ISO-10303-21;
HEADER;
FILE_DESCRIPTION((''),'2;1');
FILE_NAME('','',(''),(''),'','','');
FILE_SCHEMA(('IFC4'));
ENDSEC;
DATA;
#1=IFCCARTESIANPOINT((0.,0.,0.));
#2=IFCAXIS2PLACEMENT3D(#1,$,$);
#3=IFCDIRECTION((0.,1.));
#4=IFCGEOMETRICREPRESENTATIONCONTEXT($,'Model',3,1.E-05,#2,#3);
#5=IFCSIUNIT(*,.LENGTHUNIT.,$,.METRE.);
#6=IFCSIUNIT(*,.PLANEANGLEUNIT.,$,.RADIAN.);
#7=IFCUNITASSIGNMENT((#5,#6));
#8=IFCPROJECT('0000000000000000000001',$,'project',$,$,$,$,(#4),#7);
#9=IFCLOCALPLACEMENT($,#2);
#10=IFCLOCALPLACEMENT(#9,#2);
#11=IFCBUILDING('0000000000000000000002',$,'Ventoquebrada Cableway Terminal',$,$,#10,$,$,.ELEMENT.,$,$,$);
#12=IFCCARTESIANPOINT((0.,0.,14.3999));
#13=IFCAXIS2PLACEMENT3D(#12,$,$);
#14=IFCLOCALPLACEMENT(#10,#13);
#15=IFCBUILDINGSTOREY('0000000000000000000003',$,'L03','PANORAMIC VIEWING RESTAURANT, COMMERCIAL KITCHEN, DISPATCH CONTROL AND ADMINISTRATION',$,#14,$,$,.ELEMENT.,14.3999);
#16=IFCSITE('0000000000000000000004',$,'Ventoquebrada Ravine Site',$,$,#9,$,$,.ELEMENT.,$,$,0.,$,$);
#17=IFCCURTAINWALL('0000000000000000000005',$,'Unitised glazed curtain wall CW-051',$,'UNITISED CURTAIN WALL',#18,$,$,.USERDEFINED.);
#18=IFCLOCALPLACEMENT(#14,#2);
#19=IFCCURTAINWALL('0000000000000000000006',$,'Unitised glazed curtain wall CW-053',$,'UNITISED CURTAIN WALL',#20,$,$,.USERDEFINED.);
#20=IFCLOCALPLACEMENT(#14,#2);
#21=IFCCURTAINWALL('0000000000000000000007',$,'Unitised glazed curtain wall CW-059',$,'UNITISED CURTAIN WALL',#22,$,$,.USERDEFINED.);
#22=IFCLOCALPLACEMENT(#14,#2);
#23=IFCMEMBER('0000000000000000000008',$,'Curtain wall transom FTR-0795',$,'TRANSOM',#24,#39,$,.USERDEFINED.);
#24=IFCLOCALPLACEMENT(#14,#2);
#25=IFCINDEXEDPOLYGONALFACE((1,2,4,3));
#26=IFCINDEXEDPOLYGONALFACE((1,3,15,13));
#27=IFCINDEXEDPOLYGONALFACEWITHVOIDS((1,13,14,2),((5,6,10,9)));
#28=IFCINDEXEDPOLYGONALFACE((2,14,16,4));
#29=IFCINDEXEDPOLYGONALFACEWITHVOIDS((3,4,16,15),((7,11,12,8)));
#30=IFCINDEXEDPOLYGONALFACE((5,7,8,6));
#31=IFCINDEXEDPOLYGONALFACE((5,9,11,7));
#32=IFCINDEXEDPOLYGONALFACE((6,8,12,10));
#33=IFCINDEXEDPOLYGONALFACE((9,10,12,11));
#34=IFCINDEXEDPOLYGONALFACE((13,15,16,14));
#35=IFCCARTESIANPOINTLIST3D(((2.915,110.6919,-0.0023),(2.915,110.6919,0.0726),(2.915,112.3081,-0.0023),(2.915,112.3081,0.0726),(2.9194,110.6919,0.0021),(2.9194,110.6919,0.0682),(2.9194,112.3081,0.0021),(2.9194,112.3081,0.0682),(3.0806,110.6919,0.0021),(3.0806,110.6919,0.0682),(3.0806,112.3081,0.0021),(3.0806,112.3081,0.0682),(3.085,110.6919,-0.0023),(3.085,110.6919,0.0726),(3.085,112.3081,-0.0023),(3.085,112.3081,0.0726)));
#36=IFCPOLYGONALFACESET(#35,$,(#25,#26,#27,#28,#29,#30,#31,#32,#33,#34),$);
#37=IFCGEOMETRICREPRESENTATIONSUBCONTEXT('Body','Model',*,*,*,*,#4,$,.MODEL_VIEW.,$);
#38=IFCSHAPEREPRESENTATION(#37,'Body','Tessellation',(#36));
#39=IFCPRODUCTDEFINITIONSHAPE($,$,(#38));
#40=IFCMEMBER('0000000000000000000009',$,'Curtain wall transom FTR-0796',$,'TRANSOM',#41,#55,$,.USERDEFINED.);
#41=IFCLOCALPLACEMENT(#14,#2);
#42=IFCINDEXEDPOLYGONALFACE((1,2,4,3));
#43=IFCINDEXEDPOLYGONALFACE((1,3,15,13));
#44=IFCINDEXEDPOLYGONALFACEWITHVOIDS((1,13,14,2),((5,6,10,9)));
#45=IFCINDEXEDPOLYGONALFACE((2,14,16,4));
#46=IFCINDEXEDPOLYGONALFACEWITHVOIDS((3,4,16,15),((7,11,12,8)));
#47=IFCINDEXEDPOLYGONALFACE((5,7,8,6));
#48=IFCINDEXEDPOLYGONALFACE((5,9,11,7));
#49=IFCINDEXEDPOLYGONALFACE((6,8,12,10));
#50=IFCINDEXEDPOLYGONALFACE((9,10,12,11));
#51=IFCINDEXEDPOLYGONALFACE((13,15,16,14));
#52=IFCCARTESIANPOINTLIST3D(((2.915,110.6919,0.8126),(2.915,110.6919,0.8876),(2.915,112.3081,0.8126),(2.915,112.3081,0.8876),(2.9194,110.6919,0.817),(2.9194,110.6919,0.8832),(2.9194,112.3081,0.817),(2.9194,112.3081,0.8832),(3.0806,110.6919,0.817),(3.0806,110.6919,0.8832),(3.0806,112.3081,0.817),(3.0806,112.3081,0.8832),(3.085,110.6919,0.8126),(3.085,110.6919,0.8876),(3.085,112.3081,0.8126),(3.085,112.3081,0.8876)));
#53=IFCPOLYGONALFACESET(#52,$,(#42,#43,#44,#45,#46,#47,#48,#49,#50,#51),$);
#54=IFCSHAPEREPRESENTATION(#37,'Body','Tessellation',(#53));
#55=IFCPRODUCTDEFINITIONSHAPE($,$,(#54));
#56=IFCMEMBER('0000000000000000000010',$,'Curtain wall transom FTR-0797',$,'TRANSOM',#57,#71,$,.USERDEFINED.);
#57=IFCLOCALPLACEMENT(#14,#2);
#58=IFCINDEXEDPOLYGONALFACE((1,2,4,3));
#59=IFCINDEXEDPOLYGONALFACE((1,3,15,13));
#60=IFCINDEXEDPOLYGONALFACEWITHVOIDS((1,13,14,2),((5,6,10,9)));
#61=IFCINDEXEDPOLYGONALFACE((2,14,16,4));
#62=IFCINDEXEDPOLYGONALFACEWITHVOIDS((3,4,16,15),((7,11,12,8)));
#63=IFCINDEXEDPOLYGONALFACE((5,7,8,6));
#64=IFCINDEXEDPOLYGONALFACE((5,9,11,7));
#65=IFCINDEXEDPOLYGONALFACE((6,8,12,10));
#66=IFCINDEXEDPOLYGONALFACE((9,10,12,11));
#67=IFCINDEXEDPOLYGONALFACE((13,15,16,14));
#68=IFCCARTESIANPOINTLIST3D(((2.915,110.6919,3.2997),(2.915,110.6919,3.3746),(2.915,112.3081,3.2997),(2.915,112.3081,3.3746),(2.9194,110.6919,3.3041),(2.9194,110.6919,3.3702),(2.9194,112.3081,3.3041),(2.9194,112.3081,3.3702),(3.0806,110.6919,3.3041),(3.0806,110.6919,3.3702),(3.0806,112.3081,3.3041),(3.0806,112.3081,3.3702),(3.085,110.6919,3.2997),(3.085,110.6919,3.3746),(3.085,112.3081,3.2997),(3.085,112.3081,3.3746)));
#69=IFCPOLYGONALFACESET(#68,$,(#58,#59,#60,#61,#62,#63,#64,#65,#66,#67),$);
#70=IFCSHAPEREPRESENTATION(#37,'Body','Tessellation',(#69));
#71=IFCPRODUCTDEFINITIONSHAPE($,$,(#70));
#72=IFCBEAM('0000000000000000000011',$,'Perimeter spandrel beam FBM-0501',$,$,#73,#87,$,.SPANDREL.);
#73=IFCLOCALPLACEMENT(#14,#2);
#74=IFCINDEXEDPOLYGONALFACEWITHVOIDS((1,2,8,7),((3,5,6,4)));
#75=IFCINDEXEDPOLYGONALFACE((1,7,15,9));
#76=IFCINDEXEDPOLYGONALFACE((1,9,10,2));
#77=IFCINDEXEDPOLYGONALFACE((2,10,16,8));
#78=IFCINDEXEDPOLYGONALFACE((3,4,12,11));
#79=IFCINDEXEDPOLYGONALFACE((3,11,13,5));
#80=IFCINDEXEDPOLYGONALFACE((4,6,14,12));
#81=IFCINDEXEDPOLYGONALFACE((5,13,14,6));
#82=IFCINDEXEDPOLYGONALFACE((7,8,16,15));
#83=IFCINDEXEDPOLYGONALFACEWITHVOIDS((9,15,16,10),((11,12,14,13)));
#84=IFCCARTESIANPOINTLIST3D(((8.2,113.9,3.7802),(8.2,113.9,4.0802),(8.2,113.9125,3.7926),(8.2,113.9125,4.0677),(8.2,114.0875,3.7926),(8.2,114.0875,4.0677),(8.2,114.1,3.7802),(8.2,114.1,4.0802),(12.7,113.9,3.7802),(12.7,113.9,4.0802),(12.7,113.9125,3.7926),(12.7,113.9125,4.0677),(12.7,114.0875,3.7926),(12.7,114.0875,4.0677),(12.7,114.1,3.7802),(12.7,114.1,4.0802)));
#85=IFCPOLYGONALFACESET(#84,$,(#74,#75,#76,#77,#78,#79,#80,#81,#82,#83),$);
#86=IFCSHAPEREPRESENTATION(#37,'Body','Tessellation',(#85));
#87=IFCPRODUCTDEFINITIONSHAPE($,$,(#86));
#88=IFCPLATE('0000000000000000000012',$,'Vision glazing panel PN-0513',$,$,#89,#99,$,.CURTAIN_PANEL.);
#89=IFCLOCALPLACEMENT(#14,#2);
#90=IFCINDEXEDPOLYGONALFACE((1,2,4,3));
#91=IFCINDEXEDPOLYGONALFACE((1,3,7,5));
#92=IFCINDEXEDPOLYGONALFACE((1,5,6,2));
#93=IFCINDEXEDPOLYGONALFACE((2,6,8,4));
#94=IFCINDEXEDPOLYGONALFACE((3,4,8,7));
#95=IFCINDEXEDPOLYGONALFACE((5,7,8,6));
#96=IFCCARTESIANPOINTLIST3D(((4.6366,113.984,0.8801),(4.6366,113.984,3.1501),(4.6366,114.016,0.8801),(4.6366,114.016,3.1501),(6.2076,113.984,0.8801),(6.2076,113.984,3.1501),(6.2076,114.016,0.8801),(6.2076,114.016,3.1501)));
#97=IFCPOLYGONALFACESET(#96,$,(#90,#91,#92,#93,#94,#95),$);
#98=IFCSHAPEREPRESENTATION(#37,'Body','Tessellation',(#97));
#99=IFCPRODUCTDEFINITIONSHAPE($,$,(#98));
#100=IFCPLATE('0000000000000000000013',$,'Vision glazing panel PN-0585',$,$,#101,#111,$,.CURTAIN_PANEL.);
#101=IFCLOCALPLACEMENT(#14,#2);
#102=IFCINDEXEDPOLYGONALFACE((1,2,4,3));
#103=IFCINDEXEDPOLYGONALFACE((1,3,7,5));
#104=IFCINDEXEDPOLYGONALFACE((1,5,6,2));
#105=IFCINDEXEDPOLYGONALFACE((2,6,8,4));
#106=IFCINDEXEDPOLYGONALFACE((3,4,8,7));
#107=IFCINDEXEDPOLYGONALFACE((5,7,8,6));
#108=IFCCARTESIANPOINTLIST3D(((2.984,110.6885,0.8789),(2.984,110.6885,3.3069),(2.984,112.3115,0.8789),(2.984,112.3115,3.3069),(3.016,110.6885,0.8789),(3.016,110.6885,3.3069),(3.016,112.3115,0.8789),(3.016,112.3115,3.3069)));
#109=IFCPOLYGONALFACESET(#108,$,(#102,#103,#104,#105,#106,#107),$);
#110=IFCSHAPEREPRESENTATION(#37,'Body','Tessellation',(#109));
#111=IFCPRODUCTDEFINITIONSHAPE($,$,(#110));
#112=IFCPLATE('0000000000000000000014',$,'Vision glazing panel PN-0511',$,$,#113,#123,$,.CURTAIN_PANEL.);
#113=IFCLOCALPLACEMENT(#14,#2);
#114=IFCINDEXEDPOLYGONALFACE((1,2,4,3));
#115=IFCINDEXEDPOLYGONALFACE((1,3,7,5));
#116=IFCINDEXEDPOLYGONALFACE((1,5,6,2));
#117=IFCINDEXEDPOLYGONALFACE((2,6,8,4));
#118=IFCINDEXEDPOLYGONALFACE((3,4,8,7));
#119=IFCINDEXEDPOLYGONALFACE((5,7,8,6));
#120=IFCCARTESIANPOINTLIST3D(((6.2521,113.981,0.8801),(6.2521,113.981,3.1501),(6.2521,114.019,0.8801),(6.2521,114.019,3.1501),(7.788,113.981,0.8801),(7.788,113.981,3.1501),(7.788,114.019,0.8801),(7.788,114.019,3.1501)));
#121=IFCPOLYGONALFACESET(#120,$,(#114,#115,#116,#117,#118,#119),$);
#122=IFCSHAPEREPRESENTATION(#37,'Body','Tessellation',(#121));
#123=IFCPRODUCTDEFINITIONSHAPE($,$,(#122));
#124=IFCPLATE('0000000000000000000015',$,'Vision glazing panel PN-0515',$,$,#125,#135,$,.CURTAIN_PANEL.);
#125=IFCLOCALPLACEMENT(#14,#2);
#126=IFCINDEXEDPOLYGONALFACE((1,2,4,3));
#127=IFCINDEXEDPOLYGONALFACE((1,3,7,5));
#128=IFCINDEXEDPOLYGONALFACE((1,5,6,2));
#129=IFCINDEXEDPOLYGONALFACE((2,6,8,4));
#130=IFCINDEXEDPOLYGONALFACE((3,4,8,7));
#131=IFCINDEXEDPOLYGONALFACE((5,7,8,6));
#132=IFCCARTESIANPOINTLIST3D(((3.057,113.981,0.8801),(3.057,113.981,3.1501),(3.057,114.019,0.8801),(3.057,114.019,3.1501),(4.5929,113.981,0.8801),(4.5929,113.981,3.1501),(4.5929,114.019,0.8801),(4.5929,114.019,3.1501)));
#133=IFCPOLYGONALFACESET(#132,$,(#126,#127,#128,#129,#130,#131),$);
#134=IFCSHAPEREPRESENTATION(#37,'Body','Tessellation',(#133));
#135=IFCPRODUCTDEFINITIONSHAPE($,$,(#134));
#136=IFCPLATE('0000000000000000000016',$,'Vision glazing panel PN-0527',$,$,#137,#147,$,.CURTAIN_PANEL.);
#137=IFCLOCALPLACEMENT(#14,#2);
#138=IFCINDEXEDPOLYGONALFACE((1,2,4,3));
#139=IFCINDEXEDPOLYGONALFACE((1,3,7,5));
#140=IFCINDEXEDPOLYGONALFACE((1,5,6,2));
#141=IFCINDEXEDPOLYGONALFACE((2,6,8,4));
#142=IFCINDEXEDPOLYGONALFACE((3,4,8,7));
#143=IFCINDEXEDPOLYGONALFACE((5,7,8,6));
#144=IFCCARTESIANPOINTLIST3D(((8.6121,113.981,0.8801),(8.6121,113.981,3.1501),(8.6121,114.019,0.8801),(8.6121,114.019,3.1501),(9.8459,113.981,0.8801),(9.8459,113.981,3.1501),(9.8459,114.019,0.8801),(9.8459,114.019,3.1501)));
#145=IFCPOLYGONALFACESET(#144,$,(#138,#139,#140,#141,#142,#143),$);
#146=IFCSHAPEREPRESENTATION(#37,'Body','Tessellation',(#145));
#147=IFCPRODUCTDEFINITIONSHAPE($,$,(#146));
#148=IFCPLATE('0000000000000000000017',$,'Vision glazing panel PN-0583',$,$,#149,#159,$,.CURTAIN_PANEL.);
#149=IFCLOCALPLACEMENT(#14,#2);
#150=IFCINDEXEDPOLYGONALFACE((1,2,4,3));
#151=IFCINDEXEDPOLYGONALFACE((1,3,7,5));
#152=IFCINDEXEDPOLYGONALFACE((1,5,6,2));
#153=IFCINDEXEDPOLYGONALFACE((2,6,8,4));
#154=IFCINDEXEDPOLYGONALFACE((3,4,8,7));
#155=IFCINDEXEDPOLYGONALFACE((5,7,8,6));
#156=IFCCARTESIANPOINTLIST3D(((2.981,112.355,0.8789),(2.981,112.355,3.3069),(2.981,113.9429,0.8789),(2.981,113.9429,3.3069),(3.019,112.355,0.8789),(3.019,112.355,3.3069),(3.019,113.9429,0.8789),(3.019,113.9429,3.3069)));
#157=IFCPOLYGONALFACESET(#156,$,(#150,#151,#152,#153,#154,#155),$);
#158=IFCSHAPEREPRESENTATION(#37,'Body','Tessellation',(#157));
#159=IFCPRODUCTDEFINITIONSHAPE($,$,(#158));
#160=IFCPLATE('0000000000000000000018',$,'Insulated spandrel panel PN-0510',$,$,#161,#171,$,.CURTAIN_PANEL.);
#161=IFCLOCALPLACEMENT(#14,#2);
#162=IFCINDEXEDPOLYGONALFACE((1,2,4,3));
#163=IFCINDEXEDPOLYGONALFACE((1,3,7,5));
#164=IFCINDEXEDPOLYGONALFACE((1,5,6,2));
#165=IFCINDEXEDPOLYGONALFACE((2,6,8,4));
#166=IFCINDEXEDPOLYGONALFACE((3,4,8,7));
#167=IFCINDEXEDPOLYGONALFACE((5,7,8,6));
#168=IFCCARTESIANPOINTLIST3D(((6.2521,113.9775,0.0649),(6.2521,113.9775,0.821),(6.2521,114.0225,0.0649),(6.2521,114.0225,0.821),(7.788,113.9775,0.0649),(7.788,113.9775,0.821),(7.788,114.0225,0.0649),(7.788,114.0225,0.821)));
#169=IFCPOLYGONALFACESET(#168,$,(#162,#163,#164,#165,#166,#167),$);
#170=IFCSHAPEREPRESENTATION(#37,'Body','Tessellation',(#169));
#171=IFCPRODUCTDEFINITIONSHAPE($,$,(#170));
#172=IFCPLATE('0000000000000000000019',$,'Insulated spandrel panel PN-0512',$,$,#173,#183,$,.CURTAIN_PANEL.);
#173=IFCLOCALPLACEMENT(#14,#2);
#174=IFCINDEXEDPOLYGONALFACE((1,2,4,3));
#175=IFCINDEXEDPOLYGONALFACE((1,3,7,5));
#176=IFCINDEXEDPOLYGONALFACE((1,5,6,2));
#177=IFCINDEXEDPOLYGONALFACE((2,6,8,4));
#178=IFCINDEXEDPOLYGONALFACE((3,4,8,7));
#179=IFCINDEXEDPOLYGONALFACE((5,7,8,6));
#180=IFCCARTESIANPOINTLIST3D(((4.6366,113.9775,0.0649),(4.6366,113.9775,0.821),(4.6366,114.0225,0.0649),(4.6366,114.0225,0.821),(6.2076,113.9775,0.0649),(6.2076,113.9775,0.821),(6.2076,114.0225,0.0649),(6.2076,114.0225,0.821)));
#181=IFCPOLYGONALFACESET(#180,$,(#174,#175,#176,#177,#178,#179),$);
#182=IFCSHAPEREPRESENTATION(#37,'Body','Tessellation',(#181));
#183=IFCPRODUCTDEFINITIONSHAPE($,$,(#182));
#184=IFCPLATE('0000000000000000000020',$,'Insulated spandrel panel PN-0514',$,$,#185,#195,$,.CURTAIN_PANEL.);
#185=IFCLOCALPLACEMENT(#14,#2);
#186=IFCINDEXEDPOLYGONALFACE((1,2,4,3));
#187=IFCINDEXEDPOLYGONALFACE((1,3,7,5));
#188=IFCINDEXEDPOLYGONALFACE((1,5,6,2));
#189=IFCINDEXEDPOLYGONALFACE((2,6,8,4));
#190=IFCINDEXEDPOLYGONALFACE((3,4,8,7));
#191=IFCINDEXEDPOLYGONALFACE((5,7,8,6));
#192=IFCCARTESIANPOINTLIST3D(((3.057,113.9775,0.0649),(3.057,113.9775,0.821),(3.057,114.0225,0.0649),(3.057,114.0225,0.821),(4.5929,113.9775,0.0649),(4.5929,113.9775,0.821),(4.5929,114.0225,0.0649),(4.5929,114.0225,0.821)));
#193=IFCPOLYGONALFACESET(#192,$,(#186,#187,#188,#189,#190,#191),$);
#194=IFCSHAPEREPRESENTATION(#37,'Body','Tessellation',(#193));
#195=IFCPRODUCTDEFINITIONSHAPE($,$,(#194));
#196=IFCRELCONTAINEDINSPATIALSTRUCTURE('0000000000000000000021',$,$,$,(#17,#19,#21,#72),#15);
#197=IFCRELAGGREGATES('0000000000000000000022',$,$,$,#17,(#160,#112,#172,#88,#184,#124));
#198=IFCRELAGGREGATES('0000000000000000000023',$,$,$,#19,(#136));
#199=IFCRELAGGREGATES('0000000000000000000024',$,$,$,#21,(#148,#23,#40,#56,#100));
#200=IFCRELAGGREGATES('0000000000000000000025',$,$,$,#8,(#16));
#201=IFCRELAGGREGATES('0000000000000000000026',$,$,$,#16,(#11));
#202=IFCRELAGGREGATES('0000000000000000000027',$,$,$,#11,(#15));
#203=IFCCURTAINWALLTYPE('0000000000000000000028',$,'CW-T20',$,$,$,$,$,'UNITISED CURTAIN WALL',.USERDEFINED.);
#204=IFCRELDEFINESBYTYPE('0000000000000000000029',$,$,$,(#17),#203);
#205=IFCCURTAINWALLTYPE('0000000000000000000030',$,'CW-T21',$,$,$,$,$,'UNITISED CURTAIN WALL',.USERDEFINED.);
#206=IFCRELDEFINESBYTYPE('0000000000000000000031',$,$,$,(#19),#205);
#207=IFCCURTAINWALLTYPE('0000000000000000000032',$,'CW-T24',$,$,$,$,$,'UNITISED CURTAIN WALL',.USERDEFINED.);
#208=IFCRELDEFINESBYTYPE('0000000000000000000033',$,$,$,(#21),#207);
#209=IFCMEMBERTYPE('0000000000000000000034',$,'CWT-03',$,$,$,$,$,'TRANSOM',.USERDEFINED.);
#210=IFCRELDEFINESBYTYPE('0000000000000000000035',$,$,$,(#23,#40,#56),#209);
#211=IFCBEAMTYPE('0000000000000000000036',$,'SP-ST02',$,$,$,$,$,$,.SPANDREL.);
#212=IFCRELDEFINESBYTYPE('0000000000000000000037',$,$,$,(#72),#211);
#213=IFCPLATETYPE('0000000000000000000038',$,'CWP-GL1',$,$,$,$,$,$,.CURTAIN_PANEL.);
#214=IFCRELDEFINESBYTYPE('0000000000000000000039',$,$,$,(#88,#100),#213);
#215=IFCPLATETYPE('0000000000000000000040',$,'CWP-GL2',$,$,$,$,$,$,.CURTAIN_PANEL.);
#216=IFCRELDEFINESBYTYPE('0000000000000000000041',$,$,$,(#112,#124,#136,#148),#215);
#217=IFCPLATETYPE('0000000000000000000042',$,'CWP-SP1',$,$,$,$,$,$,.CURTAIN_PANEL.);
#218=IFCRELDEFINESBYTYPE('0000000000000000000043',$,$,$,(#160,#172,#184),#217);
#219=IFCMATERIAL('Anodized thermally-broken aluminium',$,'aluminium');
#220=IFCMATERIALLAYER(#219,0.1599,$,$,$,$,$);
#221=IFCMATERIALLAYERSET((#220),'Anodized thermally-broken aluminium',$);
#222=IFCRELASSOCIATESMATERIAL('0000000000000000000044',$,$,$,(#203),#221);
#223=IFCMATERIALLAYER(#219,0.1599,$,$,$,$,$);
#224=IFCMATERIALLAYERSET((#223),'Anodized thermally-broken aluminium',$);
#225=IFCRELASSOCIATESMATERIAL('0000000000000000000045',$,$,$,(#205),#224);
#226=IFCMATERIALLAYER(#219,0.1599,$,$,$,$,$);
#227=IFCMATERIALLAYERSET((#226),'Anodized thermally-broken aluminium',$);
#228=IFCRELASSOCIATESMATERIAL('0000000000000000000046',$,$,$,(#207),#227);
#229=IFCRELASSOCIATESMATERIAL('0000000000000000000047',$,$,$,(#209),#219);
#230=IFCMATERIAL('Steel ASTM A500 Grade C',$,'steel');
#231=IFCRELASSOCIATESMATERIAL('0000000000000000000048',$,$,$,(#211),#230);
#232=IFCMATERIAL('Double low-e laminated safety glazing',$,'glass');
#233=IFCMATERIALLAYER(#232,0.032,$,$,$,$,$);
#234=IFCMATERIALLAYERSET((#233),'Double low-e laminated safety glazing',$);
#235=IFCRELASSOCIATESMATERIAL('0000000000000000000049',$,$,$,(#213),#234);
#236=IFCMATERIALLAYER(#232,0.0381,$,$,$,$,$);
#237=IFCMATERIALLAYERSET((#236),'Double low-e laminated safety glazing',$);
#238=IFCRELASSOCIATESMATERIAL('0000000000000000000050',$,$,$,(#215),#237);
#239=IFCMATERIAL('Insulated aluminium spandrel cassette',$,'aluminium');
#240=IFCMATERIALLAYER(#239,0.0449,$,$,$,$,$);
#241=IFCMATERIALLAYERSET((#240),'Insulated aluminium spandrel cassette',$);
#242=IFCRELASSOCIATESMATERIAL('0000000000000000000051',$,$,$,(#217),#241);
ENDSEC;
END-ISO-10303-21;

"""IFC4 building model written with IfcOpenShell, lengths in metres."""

from ifc_helpers import new_model, si_unit, direction, frame, origin, origin_2d, place, context, subcontext, project, spatial, rectangle, hollow_rectangle, extrude, material, layer, layer_set, material_profile, profile_set, type_object, element, aggregate, save


model = new_model("IFC4")

# Units and contexts
model_context = context("Model", 3, precision=1e-05, world=origin(), true_north=direction((0.0, 1.0)))
body_context = subcontext(model_context, "Body", "Model", "MODEL_VIEW")
ifc_project = project(units=[si_unit("LENGTHUNIT", "METRE"), si_unit("PLANEANGLEUNIT", "RADIAN")], contexts=[model_context])

# Site, building, storey
site_placement = place(None, origin())
site = spatial("IfcSite", under=ifc_project, at=site_placement, Name="Ventoquebrada Ravine Site", CompositionType="ELEMENT", RefElevation=0.0)
building_placement = place(site_placement, origin())
building = spatial("IfcBuilding", under=site, at=building_placement, Name="Ventoquebrada Cableway Terminal", CompositionType="ELEMENT")
storey_placement = place(building_placement, frame((0.0, 0.0, 14.3999)))
storey = spatial("IfcBuildingStorey", under=building, at=storey_placement, Name="L03", Description="PANORAMIC VIEWING RESTAURANT, COMMERCIAL KITCHEN, DISPATCH CONTROL AND ADMINISTRATION", CompositionType="ELEMENT", Elevation=14.3999)

# Curtain wall
ifc_material_1 = material(Name="Anodized thermally-broken aluminium", Category="aluminium")
ifc_layer_1 = layer(ifc_material_1, 0.1599)
ifc_layer_set_1 = layer_set([ifc_layer_1], Name="Anodized thermally-broken aluminium")
curtain_wall_type_1 = type_object("IfcCurtainWallType", Name="CW-T20", ElementType="UNITISED CURTAIN WALL", PredefinedType="USERDEFINED", material=ifc_layer_set_1)
curtain_wall_1_placement = place(storey_placement, origin())
curtain_wall_1 = element("IfcCurtainWall", 1, at=curtain_wall_1_placement, inside=storey, type_object=curtain_wall_type_1, Name="Unitised glazed curtain wall CW-051", ObjectType="UNITISED CURTAIN WALL", PredefinedType="USERDEFINED")

# Curtain wall
ifc_layer_2 = layer(ifc_material_1, 0.1599)
ifc_layer_set_2 = layer_set([ifc_layer_2], Name="Anodized thermally-broken aluminium")
curtain_wall_type_2 = type_object("IfcCurtainWallType", Name="CW-T21", ElementType="UNITISED CURTAIN WALL", PredefinedType="USERDEFINED", material=ifc_layer_set_2)
curtain_wall_2_placement = place(storey_placement, origin())
curtain_wall_2 = element("IfcCurtainWall", 2, at=curtain_wall_2_placement, inside=storey, type_object=curtain_wall_type_2, Name="Unitised glazed curtain wall CW-053", ObjectType="UNITISED CURTAIN WALL", PredefinedType="USERDEFINED")

# Curtain wall
ifc_layer_3 = layer(ifc_material_1, 0.1599)
ifc_layer_set_3 = layer_set([ifc_layer_3], Name="Anodized thermally-broken aluminium")
curtain_wall_type_3 = type_object("IfcCurtainWallType", Name="CW-T24", ElementType="UNITISED CURTAIN WALL", PredefinedType="USERDEFINED", material=ifc_layer_set_3)
curtain_wall_3_placement = place(storey_placement, origin())
curtain_wall_3 = element("IfcCurtainWall", 3, at=curtain_wall_3_placement, inside=storey, type_object=curtain_wall_type_3, Name="Unitised glazed curtain wall CW-059", ObjectType="UNITISED CURTAIN WALL", PredefinedType="USERDEFINED")

# Members
ifc_material_profile_1 = material_profile(ifc_material_1, hollow_rectangle(XDim=0.075, YDim=0.1699, WallThickness=0.0044, at=origin_2d()), Name="CW-TRN-75X170")
ifc_profile_set_1 = profile_set([ifc_material_profile_1], Name="Anodized thermally-broken aluminium")
member_type_1 = type_object("IfcMemberType", Name="CWT-03", ElementType="TRANSOM", PredefinedType="USERDEFINED", material=ifc_profile_set_1)
member_1_placement = place(storey_placement, frame((3.0, 112.3081, 0.0352), z_axis=(0.0, -1.0, 0.0), x_axis=(0.0, 0.0, 1.0)))
member_1 = element("IfcMember", 4, at=member_1_placement, type_object=member_type_1, Name="Curtain wall transom FTR-0795", ObjectType="TRANSOM", PredefinedType="USERDEFINED", context=body_context, shape_type="SweptSolid", body=[
    extrude(hollow_rectangle(XDim=0.075, YDim=0.1699, WallThickness=0.0044, at=origin_2d()), origin(), (0.0, 0.0, 1.0), 1.6162),
])
member_2_placement = place(storey_placement, frame((3.0, 112.3081, 0.8501), z_axis=(0.0, -1.0, 0.0), x_axis=(0.0, 0.0, 1.0)))
member_2 = element("IfcMember", 5, at=member_2_placement, type_object=member_type_1, Name="Curtain wall transom FTR-0796", ObjectType="TRANSOM", PredefinedType="USERDEFINED", context=body_context, shape_type="SweptSolid", body=[
    extrude(hollow_rectangle(XDim=0.075, YDim=0.1699, WallThickness=0.0044, at=origin_2d()), origin(), (0.0, 0.0, 1.0), 1.6162),
])
member_3_placement = place(storey_placement, frame((3.0, 112.3081, 3.3372), z_axis=(0.0, -1.0, 0.0), x_axis=(0.0, 0.0, 1.0)))
member_3 = element("IfcMember", 6, at=member_3_placement, type_object=member_type_1, Name="Curtain wall transom FTR-0797", ObjectType="TRANSOM", PredefinedType="USERDEFINED", context=body_context, shape_type="SweptSolid", body=[
    extrude(hollow_rectangle(XDim=0.075, YDim=0.1699, WallThickness=0.0044, at=origin_2d()), origin(), (0.0, 0.0, 1.0), 1.6162),
])

# Beam
ifc_material_2 = material(Name="Steel ASTM A500 Grade C", Category="steel")
ifc_material_profile_2 = material_profile(ifc_material_2, hollow_rectangle(XDim=0.2, YDim=0.3, WallThickness=0.0125, at=origin_2d()), Name="RHS300X200X12.5")
ifc_profile_set_2 = profile_set([ifc_material_profile_2], Name="Steel ASTM A500 Grade C")
beam_type_1 = type_object("IfcBeamType", Name="SP-ST02", PredefinedType="SPANDREL", material=ifc_profile_set_2)
beam_1_placement = place(storey_placement, frame((8.2, 114.0, 3.9302), z_axis=(1.0, 0.0, 0.0), x_axis=(0.0, 1.0, 0.0)))
element("IfcBeam", 7, at=beam_1_placement, inside=storey, type_object=beam_type_1, Name="Perimeter spandrel beam FBM-0501", PredefinedType="SPANDREL", context=body_context, shape_type="SweptSolid", body=[
    extrude(hollow_rectangle(XDim=0.2, YDim=0.3, WallThickness=0.0125, at=origin_2d()), origin(), (0.0, 0.0, 1.0), 4.5),
])

# Plates
ifc_material_3 = material(Name="Double low-e laminated safety glazing", Category="glass")
ifc_layer_4 = layer(ifc_material_3, 0.032)
ifc_layer_set_4 = layer_set([ifc_layer_4], Name="Double low-e laminated safety glazing")
plate_type_1 = type_object("IfcPlateType", Name="CWP-GL1", PredefinedType="CURTAIN_PANEL", material=ifc_layer_set_4)
plate_1_placement = place(storey_placement, frame((5.4221, 114.0, 0.8801), z_axis=(0.0, 0.0, 1.0), x_axis=(-1.0, 0.0, 0.0)))
plate_1 = element("IfcPlate", 8, at=plate_1_placement, type_object=plate_type_1, Name="Vision glazing panel PN-0513", PredefinedType="CURTAIN_PANEL", context=body_context, shape_type="SweptSolid", body=[
    extrude(rectangle(XDim=1.571, YDim=0.032, at=origin_2d()), origin(), (0.0, 0.0, 1.0), 2.27),
])
plate_2_placement = place(storey_placement, frame((3.0, 111.5, 0.8789), z_axis=(0.0, 0.0, 1.0), x_axis=(0.0, -1.0, 0.0)))
plate_2 = element("IfcPlate", 9, at=plate_2_placement, type_object=plate_type_1, Name="Vision glazing panel PN-0585", PredefinedType="CURTAIN_PANEL", context=body_context, shape_type="SweptSolid", body=[
    extrude(rectangle(XDim=1.623, YDim=0.032, at=origin_2d()), origin(), (0.0, 0.0, 1.0), 2.428),
])
ifc_layer_5 = layer(ifc_material_3, 0.0381)
ifc_layer_set_5 = layer_set([ifc_layer_5], Name="Double low-e laminated safety glazing")
plate_type_2 = type_object("IfcPlateType", Name="CWP-GL2", PredefinedType="CURTAIN_PANEL", material=ifc_layer_set_5)
plate_3_placement = place(storey_placement, frame((7.02, 114.0, 0.8801), z_axis=(0.0, 0.0, 1.0), x_axis=(-1.0, 0.0, 0.0)))
plate_3 = element("IfcPlate", 10, at=plate_3_placement, type_object=plate_type_2, Name="Vision glazing panel PN-0511", PredefinedType="CURTAIN_PANEL", context=body_context, shape_type="SweptSolid", body=[
    extrude(rectangle(XDim=1.5359, YDim=0.0381, at=origin_2d()), origin(), (0.0, 0.0, 1.0), 2.27),
])
plate_4_placement = place(storey_placement, frame((3.825, 114.0, 0.8801), z_axis=(0.0, 0.0, 1.0), x_axis=(-1.0, 0.0, 0.0)))
plate_4 = element("IfcPlate", 11, at=plate_4_placement, type_object=plate_type_2, Name="Vision glazing panel PN-0515", PredefinedType="CURTAIN_PANEL", context=body_context, shape_type="SweptSolid", body=[
    extrude(rectangle(XDim=1.5359, YDim=0.0381, at=origin_2d()), origin(), (0.0, 0.0, 1.0), 2.27),
])
plate_5_placement = place(storey_placement, frame((9.229, 114.0, 0.8801), z_axis=(0.0, 0.0, 1.0), x_axis=(-1.0, 0.0, 0.0)))
plate_5 = element("IfcPlate", 12, at=plate_5_placement, type_object=plate_type_2, Name="Vision glazing panel PN-0527", PredefinedType="CURTAIN_PANEL", context=body_context, shape_type="SweptSolid", body=[
    extrude(rectangle(XDim=1.2339, YDim=0.0381, at=origin_2d()), origin(), (0.0, 0.0, 1.0), 2.27),
])
plate_6_placement = place(storey_placement, frame((3.0, 113.1489, 0.8789), z_axis=(0.0, 0.0, 1.0), x_axis=(0.0, -1.0, 0.0)))
plate_6 = element("IfcPlate", 13, at=plate_6_placement, type_object=plate_type_2, Name="Vision glazing panel PN-0583", PredefinedType="CURTAIN_PANEL", context=body_context, shape_type="SweptSolid", body=[
    extrude(rectangle(XDim=1.5879, YDim=0.0381, at=origin_2d()), origin(), (0.0, 0.0, 1.0), 2.428),
])
ifc_material_4 = material(Name="Insulated aluminium spandrel cassette", Category="aluminium")
ifc_layer_6 = layer(ifc_material_4, 0.0449)
ifc_layer_set_6 = layer_set([ifc_layer_6], Name="Insulated aluminium spandrel cassette")
plate_type_3 = type_object("IfcPlateType", Name="CWP-SP1", PredefinedType="CURTAIN_PANEL", material=ifc_layer_set_6)
plate_7_placement = place(storey_placement, frame((7.02, 114.0, 0.0649), z_axis=(0.0, 0.0, 1.0), x_axis=(-1.0, 0.0, 0.0)))
plate_7 = element("IfcPlate", 14, at=plate_7_placement, type_object=plate_type_3, Name="Insulated spandrel panel PN-0510", PredefinedType="CURTAIN_PANEL", context=body_context, shape_type="SweptSolid", body=[
    extrude(rectangle(XDim=1.5359, YDim=0.0449, at=origin_2d()), origin(), (0.0, 0.0, 1.0), 0.7561),
])
plate_8_placement = place(storey_placement, frame((5.4221, 114.0, 0.0649), z_axis=(0.0, 0.0, 1.0), x_axis=(-1.0, 0.0, 0.0)))
plate_8 = element("IfcPlate", 15, at=plate_8_placement, type_object=plate_type_3, Name="Insulated spandrel panel PN-0512", PredefinedType="CURTAIN_PANEL", context=body_context, shape_type="SweptSolid", body=[
    extrude(rectangle(XDim=1.571, YDim=0.0449, at=origin_2d()), origin(), (0.0, 0.0, 1.0), 0.7561),
])
plate_9_placement = place(storey_placement, frame((3.825, 114.0, 0.0649), z_axis=(0.0, 0.0, 1.0), x_axis=(-1.0, 0.0, 0.0)))
plate_9 = element("IfcPlate", 16, at=plate_9_placement, type_object=plate_type_3, Name="Insulated spandrel panel PN-0514", PredefinedType="CURTAIN_PANEL", context=body_context, shape_type="SweptSolid", body=[
    extrude(rectangle(XDim=1.5359, YDim=0.0449, at=origin_2d()), origin(), (0.0, 0.0, 1.0), 0.7561),
])
aggregate(curtain_wall_1, [plate_7, plate_3, plate_8, plate_1, plate_9, plate_4])
aggregate(curtain_wall_2, [plate_5])
aggregate(curtain_wall_3, [plate_6, member_1, member_2, member_3, plate_2])

save(model, "model.ifc")
